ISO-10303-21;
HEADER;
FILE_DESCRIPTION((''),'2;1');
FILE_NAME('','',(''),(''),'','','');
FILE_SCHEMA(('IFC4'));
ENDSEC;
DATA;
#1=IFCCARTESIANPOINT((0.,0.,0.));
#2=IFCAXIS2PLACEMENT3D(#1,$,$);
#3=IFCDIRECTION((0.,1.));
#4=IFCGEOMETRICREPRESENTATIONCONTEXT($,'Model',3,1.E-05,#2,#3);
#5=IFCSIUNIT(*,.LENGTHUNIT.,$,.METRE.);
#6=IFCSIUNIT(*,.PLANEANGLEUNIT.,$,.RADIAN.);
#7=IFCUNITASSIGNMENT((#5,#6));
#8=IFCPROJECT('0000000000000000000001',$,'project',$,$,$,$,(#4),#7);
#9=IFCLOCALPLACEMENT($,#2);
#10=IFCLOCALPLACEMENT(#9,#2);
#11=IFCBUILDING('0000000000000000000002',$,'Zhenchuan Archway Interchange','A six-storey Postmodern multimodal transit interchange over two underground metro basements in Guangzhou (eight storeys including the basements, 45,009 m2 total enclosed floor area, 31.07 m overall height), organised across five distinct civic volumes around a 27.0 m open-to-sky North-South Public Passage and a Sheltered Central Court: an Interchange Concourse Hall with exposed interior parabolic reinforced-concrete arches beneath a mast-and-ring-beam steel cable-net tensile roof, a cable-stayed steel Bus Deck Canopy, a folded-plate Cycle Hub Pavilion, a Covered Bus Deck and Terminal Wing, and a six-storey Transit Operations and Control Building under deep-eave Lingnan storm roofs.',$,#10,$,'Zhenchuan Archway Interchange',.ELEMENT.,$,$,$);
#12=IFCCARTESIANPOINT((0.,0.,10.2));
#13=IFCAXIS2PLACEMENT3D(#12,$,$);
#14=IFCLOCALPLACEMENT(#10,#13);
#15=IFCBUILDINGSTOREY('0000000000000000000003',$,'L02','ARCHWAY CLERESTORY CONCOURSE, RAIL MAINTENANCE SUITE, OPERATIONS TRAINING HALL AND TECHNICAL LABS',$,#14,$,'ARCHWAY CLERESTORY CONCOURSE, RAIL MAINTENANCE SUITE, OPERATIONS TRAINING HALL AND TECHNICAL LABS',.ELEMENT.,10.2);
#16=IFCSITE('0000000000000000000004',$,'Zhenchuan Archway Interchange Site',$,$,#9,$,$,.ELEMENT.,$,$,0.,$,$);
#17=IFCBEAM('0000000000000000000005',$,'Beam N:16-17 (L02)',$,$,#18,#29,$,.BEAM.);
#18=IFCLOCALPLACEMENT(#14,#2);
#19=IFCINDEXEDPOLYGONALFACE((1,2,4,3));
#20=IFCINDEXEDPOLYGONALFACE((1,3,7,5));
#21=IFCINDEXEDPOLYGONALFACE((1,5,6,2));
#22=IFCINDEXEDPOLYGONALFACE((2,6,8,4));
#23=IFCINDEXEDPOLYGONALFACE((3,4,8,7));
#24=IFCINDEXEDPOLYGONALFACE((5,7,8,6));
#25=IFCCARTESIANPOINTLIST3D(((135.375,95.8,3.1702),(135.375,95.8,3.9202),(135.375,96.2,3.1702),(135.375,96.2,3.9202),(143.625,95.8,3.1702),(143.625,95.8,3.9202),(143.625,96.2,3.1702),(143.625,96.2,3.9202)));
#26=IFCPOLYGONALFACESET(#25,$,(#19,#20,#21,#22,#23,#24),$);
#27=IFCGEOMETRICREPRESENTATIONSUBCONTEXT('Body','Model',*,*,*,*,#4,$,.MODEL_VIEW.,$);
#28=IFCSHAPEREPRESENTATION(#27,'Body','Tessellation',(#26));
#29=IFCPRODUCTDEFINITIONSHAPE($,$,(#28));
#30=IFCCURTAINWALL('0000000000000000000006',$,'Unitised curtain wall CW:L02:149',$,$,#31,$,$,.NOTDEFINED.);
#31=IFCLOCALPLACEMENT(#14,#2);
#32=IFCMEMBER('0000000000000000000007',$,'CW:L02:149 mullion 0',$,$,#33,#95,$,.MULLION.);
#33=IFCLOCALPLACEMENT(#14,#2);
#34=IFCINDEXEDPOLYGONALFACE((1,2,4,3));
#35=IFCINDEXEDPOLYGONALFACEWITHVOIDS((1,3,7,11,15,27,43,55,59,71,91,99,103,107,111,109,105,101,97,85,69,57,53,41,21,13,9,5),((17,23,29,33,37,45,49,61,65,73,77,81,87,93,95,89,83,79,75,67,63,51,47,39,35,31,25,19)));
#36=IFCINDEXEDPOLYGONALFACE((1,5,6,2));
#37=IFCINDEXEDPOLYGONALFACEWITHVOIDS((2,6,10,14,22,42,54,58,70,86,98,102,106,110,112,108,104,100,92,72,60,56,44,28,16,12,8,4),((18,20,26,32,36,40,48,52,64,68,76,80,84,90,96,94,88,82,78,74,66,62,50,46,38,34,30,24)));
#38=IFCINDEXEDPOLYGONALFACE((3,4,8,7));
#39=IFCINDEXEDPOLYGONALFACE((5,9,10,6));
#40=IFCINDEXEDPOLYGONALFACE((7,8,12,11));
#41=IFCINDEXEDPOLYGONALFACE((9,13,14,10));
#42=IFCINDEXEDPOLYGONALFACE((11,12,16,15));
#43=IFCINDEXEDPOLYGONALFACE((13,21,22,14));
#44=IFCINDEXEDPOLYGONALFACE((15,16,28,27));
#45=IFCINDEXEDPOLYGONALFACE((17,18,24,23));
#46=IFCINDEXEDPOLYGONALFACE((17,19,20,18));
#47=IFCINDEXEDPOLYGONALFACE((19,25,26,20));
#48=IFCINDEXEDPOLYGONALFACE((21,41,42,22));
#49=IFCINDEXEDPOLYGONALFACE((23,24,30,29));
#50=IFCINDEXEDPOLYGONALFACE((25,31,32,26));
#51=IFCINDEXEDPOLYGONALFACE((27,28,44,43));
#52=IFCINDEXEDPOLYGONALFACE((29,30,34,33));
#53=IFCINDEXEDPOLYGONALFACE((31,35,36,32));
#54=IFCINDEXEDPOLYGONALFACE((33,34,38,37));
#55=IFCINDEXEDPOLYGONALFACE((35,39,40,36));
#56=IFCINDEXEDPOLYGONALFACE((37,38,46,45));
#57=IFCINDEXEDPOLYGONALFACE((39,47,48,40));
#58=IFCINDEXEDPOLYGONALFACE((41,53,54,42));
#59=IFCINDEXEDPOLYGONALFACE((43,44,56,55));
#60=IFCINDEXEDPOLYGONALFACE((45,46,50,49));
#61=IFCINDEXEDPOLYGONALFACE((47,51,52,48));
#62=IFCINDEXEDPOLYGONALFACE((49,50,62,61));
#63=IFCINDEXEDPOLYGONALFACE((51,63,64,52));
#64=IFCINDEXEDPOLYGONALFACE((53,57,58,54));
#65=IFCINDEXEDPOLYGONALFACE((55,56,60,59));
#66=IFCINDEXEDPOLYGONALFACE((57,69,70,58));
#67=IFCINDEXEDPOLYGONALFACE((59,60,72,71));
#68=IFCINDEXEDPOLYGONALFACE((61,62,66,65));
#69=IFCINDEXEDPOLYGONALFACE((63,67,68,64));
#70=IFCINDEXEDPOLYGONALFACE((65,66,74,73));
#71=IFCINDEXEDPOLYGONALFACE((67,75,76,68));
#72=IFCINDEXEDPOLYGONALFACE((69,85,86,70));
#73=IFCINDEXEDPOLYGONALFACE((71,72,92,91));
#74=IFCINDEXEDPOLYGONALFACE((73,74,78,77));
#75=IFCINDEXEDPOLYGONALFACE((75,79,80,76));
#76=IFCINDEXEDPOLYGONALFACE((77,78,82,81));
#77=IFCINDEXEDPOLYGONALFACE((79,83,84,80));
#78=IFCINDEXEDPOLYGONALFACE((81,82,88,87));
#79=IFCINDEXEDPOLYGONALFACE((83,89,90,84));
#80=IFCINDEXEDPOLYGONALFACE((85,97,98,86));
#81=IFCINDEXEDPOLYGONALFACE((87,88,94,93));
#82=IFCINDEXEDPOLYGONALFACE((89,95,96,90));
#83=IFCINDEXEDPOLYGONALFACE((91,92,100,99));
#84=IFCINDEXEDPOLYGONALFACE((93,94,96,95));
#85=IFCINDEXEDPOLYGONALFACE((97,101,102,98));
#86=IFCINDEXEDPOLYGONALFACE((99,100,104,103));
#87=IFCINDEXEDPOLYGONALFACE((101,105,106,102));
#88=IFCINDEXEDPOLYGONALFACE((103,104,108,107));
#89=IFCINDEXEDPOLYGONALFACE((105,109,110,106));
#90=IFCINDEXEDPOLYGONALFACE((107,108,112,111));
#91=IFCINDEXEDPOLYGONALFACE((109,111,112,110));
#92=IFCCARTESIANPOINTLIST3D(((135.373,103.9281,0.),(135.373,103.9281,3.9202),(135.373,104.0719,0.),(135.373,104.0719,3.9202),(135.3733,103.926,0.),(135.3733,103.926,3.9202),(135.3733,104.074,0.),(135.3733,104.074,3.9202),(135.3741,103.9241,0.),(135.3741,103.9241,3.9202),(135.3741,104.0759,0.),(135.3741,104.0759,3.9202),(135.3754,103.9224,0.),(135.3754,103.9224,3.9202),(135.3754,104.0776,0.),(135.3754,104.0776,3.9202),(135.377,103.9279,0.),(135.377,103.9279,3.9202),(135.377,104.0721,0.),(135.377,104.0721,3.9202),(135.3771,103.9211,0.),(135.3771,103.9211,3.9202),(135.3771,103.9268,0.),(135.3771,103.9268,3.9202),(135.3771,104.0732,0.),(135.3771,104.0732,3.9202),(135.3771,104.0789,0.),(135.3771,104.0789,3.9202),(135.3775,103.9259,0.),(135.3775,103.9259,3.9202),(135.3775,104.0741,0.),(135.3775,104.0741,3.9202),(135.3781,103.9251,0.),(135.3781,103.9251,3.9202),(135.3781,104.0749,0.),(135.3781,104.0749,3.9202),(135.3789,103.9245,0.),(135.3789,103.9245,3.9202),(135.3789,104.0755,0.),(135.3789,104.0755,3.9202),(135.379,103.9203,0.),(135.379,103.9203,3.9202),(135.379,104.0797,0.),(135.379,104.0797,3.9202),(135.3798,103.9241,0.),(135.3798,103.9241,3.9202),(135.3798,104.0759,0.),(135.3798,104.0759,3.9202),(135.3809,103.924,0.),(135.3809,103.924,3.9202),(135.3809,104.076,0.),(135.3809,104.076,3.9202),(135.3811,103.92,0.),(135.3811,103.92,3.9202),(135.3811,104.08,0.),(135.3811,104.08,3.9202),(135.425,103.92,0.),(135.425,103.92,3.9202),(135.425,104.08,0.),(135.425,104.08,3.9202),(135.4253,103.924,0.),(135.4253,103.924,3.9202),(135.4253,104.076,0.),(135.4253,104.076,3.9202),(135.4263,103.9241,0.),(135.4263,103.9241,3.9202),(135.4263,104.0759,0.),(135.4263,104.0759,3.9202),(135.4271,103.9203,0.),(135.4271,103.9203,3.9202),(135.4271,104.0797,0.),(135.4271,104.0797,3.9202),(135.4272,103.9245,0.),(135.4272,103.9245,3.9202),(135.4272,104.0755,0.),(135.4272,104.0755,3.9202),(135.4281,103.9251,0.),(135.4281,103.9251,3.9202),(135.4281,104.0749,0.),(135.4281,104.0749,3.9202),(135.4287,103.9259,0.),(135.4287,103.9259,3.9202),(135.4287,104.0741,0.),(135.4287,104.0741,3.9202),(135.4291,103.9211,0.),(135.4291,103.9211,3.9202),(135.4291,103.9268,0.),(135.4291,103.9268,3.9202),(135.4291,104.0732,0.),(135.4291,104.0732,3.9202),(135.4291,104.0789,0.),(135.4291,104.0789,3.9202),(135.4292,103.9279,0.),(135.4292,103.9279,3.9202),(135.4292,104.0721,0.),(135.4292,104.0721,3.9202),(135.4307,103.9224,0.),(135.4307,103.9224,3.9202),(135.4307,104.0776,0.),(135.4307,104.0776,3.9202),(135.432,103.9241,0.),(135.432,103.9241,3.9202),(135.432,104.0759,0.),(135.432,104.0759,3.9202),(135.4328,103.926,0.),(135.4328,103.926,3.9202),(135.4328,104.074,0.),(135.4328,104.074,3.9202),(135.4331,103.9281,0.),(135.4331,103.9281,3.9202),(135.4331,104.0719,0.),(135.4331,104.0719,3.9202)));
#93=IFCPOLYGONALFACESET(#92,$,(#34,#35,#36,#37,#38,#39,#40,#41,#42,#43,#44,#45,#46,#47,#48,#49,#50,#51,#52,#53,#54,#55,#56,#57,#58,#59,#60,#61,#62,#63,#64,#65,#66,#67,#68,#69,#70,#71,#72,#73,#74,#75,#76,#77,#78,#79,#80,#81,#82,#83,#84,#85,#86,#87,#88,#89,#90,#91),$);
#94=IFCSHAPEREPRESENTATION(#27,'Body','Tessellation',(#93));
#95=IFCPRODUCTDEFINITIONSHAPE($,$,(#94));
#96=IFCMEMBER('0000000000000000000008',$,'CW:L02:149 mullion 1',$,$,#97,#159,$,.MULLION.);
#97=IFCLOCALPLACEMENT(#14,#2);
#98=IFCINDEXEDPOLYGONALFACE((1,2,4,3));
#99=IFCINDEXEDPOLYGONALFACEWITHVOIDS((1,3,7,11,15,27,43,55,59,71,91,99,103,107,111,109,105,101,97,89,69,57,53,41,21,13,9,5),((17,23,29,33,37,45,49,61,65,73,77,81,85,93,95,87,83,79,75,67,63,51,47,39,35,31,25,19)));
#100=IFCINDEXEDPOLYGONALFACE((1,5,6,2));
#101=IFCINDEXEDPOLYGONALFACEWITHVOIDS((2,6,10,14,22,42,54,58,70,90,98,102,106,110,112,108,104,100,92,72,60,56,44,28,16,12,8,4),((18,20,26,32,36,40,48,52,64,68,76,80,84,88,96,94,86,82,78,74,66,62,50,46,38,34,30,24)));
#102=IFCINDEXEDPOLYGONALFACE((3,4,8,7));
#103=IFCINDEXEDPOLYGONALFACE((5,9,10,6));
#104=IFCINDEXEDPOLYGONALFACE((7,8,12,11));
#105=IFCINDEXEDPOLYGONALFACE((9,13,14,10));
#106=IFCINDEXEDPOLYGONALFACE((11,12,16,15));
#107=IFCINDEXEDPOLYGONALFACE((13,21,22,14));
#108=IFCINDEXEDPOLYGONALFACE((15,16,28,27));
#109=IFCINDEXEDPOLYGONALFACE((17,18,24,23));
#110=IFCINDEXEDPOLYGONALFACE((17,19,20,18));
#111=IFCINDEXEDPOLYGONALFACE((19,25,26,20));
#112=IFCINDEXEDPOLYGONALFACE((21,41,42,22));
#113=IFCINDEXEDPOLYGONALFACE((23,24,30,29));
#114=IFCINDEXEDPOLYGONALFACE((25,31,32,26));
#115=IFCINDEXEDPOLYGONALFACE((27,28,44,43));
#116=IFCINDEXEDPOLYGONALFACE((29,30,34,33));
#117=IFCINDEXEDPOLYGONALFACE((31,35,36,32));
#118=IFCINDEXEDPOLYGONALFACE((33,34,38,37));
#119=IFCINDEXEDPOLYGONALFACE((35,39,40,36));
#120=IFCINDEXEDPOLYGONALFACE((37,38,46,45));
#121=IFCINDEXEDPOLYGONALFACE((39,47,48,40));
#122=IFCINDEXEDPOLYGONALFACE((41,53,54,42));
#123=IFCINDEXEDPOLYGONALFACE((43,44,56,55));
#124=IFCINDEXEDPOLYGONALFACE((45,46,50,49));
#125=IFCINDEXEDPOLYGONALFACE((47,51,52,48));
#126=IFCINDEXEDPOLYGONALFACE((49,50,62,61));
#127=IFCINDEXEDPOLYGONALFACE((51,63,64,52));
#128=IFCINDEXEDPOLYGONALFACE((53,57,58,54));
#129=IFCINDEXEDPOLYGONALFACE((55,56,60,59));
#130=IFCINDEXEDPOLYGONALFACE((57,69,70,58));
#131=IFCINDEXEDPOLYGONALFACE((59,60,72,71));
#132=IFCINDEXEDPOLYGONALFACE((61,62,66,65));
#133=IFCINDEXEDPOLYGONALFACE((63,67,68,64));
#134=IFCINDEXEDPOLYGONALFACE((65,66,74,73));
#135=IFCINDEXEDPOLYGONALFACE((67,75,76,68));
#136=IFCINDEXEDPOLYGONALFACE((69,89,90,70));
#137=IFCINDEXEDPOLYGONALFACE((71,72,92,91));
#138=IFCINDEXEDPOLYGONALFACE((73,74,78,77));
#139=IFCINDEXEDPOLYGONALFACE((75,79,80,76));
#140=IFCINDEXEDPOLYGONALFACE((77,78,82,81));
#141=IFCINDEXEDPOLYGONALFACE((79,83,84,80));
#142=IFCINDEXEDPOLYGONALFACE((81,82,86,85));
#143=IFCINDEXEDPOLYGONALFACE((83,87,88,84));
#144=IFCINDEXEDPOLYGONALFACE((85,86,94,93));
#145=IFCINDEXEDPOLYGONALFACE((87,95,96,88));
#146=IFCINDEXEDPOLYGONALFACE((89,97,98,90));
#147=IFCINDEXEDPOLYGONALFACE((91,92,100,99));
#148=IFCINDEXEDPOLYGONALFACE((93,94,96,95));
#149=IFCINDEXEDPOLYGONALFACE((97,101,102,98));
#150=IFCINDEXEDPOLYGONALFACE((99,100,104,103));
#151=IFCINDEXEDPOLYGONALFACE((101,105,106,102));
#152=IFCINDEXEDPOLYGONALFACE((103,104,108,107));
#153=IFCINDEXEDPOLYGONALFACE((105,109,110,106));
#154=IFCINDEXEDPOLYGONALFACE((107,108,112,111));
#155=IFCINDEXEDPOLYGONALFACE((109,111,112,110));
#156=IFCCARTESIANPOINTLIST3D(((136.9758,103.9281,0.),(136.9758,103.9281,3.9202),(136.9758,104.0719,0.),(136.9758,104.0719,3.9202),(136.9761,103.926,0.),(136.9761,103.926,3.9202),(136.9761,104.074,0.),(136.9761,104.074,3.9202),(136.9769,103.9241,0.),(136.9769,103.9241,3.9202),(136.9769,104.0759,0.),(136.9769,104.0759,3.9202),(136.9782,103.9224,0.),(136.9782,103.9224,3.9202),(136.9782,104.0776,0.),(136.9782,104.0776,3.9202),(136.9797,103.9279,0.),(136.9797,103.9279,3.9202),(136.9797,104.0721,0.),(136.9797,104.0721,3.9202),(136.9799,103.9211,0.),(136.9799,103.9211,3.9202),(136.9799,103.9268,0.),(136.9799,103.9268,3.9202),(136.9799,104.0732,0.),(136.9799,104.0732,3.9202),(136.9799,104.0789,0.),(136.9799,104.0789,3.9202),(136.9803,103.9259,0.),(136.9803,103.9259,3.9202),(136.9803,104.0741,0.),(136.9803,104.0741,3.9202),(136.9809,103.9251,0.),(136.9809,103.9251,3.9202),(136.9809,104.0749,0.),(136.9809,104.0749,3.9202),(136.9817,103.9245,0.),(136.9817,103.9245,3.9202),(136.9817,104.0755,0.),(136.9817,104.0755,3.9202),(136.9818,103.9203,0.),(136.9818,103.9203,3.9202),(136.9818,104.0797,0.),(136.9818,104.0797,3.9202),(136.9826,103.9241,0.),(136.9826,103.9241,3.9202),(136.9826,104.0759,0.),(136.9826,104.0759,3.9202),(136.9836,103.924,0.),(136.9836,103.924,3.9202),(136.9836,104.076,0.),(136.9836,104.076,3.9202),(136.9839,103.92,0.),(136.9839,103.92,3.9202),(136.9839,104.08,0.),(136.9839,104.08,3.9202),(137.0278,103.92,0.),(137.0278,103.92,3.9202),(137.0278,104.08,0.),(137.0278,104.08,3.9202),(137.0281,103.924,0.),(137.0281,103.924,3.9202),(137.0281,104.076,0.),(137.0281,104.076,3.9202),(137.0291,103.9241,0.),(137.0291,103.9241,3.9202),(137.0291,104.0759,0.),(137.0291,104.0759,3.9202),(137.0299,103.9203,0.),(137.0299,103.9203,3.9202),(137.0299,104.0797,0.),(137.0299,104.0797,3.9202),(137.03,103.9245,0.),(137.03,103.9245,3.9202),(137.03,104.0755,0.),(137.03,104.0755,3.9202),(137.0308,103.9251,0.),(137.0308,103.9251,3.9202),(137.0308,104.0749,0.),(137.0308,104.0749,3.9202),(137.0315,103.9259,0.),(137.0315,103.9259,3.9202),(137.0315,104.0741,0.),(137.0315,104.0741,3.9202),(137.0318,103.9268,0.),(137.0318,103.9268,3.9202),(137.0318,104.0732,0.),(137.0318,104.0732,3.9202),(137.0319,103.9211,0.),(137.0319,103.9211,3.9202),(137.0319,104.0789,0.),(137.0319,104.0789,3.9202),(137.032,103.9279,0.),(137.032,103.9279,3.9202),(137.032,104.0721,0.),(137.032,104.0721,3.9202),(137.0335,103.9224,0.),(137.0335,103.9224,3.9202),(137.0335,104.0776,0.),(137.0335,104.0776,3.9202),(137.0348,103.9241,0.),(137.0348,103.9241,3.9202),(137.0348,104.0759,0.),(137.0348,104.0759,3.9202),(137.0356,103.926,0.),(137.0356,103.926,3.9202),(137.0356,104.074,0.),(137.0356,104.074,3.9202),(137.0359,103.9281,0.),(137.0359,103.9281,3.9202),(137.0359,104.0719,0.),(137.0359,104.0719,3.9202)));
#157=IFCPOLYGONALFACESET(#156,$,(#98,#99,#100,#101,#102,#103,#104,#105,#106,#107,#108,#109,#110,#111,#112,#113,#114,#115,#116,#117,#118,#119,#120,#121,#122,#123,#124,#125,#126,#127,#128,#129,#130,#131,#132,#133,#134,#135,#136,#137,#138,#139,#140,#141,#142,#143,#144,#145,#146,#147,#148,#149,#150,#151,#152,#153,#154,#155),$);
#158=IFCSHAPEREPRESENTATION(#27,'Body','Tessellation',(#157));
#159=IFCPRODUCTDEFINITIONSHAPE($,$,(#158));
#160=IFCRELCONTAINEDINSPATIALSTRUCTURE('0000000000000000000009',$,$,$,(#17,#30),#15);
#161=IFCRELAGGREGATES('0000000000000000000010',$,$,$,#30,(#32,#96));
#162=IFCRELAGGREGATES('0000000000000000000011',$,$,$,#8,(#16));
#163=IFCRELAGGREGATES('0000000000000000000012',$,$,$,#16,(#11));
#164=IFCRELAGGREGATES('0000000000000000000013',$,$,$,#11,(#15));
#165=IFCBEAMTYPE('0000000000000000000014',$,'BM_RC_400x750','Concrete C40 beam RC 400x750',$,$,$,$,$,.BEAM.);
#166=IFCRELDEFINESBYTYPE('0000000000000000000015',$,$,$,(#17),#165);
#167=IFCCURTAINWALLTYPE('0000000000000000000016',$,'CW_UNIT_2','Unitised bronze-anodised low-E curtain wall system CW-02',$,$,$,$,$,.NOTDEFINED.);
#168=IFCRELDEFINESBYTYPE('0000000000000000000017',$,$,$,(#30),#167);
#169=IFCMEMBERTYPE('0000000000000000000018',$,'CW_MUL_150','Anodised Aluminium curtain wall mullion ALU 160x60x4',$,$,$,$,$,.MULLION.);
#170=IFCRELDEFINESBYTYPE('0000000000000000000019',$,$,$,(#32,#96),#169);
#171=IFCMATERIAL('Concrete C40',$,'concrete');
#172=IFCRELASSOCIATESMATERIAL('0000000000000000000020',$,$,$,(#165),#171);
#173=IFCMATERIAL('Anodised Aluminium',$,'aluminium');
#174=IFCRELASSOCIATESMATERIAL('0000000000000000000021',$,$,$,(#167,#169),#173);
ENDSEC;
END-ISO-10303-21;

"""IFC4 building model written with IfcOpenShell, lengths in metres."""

from ifc_helpers import new_model, si_unit, direction, frame, origin, origin_2d, place, context, subcontext, project, spatial, rectangle, hollow_rectangle, extrude, material, material_profile, profile_set, type_object, element, aggregate, save


model = new_model("IFC4")

# Units and contexts
model_context = context("Model", 3, precision=1e-05, world=origin(), true_north=direction((0.0, 1.0)))
body_context = subcontext(model_context, "Body", "Model", "MODEL_VIEW")
ifc_project = project(units=[si_unit("LENGTHUNIT", "METRE"), si_unit("PLANEANGLEUNIT", "RADIAN")], contexts=[model_context])

# Site, building, storey
site_placement = place(None, origin())
site = spatial("IfcSite", under=ifc_project, at=site_placement, Name="Zhenchuan Archway Interchange Site", CompositionType="ELEMENT", RefElevation=0.0)
building_placement = place(site_placement, origin())
building = spatial("IfcBuilding", under=site, at=building_placement, Name="Zhenchuan Archway Interchange", Description="A six-storey Postmodern multimodal transit interchange over two underground metro basements in Guangzhou (eight storeys including the basements, 45,009 m2 total enclosed floor area, 31.07 m overall height), organised across five distinct civic volumes around a 27.0 m open-to-sky North-South Public Passage and a Sheltered Central Court: an Interchange Concourse Hall with exposed interior parabolic reinforced-concrete arches beneath a mast-and-ring-beam steel cable-net tensile roof, a cable-stayed steel Bus Deck Canopy, a folded-plate Cycle Hub Pavilion, a Covered Bus Deck and Terminal Wing, and a six-storey Transit Operations and Control Building under deep-eave Lingnan storm roofs.", LongName="Zhenchuan Archway Interchange", CompositionType="ELEMENT")
storey_placement = place(building_placement, frame((0.0, 0.0, 10.2)))
storey = spatial("IfcBuildingStorey", under=building, at=storey_placement, Name="L02", Description="ARCHWAY CLERESTORY CONCOURSE, RAIL MAINTENANCE SUITE, OPERATIONS TRAINING HALL AND TECHNICAL LABS", LongName="ARCHWAY CLERESTORY CONCOURSE, RAIL MAINTENANCE SUITE, OPERATIONS TRAINING HALL AND TECHNICAL LABS", CompositionType="ELEMENT", Elevation=10.2)

# Beam
ifc_material_1 = material(Name="Concrete C40", Category="concrete")
ifc_material_profile_1 = material_profile(ifc_material_1, rectangle(XDim=0.3999, YDim=0.75, at=origin_2d()), Name="RC 400x750")
ifc_profile_set_1 = profile_set([ifc_material_profile_1], Name="Concrete C40")
beam_type_1 = type_object("IfcBeamType", Name="BM_RC_400x750", Description="Concrete C40 beam RC 400x750", PredefinedType="BEAM", material=ifc_profile_set_1)
beam_1_placement = place(storey_placement, frame((135.375, 96.0, 3.5452), z_axis=(1.0, 0.0, 0.0), x_axis=(0.0, 1.0, 0.0)))
element("IfcBeam", 1, at=beam_1_placement, inside=storey, type_object=beam_type_1, Name="Beam N:16-17 (L02)", PredefinedType="BEAM", context=body_context, shape_type="SweptSolid", body=[
    extrude(rectangle(XDim=0.3999, YDim=0.75, at=origin_2d()), origin(), (0.0, 0.0, 1.0), 8.25),
])

# Curtain wall, members
ifc_material_2 = material(Name="Anodised Aluminium", Category="aluminium")
curtain_wall_type = type_object("IfcCurtainWallType", Name="CW_UNIT_2", Description="Unitised bronze-anodised low-E curtain wall system CW-02", PredefinedType="NOTDEFINED", material=ifc_material_2)
curtain_wall_placement = place(storey_placement, origin())
curtain_wall = element("IfcCurtainWall", 2, at=curtain_wall_placement, inside=storey, type_object=curtain_wall_type, Name="Unitised curtain wall CW:L02:149", PredefinedType="NOTDEFINED")
ifc_material_profile_2 = material_profile(ifc_material_2, hollow_rectangle(XDim=0.0601, YDim=0.1599, WallThickness=0.0039, InnerFilletRadius=0.0039, OuterFilletRadius=0.0081, at=origin_2d()), Name="ALU 160x60x4")
ifc_profile_set_2 = profile_set([ifc_material_profile_2], Name="Anodised Aluminium")
member_type_1 = type_object("IfcMemberType", Name="CW_MUL_150", Description="Anodised Aluminium curtain wall mullion ALU 160x60x4", PredefinedType="MULLION", material=ifc_profile_set_2)
member_1_placement = place(storey_placement, frame((135.4031, 104.0, 0.0), z_axis=(0.0, 0.0, 1.0), x_axis=(1.0, 0.0, 0.0)))
member_1 = element("IfcMember", 3, at=member_1_placement, type_object=member_type_1, Name="CW:L02:149 mullion 0", PredefinedType="MULLION", context=body_context, shape_type="SweptSolid", body=[
    extrude(hollow_rectangle(XDim=0.0601, YDim=0.1599, WallThickness=0.0039, InnerFilletRadius=0.0039, OuterFilletRadius=0.0081, at=origin_2d()), origin(), (0.0, 0.0, 1.0), 3.9202),
])
member_2_placement = place(storey_placement, frame((137.0059, 104.0, 0.0), z_axis=(0.0, 0.0, 1.0), x_axis=(1.0, 0.0, 0.0)))
member_2 = element("IfcMember", 4, at=member_2_placement, type_object=member_type_1, Name="CW:L02:149 mullion 1", PredefinedType="MULLION", context=body_context, shape_type="SweptSolid", body=[
    extrude(hollow_rectangle(XDim=0.0601, YDim=0.1599, WallThickness=0.0039, InnerFilletRadius=0.0039, OuterFilletRadius=0.0081, at=origin_2d()), origin(), (0.0, 0.0, 1.0), 3.9202),
])

aggregate(curtain_wall, [member_1, member_2])

save(model, "model.ifc")
